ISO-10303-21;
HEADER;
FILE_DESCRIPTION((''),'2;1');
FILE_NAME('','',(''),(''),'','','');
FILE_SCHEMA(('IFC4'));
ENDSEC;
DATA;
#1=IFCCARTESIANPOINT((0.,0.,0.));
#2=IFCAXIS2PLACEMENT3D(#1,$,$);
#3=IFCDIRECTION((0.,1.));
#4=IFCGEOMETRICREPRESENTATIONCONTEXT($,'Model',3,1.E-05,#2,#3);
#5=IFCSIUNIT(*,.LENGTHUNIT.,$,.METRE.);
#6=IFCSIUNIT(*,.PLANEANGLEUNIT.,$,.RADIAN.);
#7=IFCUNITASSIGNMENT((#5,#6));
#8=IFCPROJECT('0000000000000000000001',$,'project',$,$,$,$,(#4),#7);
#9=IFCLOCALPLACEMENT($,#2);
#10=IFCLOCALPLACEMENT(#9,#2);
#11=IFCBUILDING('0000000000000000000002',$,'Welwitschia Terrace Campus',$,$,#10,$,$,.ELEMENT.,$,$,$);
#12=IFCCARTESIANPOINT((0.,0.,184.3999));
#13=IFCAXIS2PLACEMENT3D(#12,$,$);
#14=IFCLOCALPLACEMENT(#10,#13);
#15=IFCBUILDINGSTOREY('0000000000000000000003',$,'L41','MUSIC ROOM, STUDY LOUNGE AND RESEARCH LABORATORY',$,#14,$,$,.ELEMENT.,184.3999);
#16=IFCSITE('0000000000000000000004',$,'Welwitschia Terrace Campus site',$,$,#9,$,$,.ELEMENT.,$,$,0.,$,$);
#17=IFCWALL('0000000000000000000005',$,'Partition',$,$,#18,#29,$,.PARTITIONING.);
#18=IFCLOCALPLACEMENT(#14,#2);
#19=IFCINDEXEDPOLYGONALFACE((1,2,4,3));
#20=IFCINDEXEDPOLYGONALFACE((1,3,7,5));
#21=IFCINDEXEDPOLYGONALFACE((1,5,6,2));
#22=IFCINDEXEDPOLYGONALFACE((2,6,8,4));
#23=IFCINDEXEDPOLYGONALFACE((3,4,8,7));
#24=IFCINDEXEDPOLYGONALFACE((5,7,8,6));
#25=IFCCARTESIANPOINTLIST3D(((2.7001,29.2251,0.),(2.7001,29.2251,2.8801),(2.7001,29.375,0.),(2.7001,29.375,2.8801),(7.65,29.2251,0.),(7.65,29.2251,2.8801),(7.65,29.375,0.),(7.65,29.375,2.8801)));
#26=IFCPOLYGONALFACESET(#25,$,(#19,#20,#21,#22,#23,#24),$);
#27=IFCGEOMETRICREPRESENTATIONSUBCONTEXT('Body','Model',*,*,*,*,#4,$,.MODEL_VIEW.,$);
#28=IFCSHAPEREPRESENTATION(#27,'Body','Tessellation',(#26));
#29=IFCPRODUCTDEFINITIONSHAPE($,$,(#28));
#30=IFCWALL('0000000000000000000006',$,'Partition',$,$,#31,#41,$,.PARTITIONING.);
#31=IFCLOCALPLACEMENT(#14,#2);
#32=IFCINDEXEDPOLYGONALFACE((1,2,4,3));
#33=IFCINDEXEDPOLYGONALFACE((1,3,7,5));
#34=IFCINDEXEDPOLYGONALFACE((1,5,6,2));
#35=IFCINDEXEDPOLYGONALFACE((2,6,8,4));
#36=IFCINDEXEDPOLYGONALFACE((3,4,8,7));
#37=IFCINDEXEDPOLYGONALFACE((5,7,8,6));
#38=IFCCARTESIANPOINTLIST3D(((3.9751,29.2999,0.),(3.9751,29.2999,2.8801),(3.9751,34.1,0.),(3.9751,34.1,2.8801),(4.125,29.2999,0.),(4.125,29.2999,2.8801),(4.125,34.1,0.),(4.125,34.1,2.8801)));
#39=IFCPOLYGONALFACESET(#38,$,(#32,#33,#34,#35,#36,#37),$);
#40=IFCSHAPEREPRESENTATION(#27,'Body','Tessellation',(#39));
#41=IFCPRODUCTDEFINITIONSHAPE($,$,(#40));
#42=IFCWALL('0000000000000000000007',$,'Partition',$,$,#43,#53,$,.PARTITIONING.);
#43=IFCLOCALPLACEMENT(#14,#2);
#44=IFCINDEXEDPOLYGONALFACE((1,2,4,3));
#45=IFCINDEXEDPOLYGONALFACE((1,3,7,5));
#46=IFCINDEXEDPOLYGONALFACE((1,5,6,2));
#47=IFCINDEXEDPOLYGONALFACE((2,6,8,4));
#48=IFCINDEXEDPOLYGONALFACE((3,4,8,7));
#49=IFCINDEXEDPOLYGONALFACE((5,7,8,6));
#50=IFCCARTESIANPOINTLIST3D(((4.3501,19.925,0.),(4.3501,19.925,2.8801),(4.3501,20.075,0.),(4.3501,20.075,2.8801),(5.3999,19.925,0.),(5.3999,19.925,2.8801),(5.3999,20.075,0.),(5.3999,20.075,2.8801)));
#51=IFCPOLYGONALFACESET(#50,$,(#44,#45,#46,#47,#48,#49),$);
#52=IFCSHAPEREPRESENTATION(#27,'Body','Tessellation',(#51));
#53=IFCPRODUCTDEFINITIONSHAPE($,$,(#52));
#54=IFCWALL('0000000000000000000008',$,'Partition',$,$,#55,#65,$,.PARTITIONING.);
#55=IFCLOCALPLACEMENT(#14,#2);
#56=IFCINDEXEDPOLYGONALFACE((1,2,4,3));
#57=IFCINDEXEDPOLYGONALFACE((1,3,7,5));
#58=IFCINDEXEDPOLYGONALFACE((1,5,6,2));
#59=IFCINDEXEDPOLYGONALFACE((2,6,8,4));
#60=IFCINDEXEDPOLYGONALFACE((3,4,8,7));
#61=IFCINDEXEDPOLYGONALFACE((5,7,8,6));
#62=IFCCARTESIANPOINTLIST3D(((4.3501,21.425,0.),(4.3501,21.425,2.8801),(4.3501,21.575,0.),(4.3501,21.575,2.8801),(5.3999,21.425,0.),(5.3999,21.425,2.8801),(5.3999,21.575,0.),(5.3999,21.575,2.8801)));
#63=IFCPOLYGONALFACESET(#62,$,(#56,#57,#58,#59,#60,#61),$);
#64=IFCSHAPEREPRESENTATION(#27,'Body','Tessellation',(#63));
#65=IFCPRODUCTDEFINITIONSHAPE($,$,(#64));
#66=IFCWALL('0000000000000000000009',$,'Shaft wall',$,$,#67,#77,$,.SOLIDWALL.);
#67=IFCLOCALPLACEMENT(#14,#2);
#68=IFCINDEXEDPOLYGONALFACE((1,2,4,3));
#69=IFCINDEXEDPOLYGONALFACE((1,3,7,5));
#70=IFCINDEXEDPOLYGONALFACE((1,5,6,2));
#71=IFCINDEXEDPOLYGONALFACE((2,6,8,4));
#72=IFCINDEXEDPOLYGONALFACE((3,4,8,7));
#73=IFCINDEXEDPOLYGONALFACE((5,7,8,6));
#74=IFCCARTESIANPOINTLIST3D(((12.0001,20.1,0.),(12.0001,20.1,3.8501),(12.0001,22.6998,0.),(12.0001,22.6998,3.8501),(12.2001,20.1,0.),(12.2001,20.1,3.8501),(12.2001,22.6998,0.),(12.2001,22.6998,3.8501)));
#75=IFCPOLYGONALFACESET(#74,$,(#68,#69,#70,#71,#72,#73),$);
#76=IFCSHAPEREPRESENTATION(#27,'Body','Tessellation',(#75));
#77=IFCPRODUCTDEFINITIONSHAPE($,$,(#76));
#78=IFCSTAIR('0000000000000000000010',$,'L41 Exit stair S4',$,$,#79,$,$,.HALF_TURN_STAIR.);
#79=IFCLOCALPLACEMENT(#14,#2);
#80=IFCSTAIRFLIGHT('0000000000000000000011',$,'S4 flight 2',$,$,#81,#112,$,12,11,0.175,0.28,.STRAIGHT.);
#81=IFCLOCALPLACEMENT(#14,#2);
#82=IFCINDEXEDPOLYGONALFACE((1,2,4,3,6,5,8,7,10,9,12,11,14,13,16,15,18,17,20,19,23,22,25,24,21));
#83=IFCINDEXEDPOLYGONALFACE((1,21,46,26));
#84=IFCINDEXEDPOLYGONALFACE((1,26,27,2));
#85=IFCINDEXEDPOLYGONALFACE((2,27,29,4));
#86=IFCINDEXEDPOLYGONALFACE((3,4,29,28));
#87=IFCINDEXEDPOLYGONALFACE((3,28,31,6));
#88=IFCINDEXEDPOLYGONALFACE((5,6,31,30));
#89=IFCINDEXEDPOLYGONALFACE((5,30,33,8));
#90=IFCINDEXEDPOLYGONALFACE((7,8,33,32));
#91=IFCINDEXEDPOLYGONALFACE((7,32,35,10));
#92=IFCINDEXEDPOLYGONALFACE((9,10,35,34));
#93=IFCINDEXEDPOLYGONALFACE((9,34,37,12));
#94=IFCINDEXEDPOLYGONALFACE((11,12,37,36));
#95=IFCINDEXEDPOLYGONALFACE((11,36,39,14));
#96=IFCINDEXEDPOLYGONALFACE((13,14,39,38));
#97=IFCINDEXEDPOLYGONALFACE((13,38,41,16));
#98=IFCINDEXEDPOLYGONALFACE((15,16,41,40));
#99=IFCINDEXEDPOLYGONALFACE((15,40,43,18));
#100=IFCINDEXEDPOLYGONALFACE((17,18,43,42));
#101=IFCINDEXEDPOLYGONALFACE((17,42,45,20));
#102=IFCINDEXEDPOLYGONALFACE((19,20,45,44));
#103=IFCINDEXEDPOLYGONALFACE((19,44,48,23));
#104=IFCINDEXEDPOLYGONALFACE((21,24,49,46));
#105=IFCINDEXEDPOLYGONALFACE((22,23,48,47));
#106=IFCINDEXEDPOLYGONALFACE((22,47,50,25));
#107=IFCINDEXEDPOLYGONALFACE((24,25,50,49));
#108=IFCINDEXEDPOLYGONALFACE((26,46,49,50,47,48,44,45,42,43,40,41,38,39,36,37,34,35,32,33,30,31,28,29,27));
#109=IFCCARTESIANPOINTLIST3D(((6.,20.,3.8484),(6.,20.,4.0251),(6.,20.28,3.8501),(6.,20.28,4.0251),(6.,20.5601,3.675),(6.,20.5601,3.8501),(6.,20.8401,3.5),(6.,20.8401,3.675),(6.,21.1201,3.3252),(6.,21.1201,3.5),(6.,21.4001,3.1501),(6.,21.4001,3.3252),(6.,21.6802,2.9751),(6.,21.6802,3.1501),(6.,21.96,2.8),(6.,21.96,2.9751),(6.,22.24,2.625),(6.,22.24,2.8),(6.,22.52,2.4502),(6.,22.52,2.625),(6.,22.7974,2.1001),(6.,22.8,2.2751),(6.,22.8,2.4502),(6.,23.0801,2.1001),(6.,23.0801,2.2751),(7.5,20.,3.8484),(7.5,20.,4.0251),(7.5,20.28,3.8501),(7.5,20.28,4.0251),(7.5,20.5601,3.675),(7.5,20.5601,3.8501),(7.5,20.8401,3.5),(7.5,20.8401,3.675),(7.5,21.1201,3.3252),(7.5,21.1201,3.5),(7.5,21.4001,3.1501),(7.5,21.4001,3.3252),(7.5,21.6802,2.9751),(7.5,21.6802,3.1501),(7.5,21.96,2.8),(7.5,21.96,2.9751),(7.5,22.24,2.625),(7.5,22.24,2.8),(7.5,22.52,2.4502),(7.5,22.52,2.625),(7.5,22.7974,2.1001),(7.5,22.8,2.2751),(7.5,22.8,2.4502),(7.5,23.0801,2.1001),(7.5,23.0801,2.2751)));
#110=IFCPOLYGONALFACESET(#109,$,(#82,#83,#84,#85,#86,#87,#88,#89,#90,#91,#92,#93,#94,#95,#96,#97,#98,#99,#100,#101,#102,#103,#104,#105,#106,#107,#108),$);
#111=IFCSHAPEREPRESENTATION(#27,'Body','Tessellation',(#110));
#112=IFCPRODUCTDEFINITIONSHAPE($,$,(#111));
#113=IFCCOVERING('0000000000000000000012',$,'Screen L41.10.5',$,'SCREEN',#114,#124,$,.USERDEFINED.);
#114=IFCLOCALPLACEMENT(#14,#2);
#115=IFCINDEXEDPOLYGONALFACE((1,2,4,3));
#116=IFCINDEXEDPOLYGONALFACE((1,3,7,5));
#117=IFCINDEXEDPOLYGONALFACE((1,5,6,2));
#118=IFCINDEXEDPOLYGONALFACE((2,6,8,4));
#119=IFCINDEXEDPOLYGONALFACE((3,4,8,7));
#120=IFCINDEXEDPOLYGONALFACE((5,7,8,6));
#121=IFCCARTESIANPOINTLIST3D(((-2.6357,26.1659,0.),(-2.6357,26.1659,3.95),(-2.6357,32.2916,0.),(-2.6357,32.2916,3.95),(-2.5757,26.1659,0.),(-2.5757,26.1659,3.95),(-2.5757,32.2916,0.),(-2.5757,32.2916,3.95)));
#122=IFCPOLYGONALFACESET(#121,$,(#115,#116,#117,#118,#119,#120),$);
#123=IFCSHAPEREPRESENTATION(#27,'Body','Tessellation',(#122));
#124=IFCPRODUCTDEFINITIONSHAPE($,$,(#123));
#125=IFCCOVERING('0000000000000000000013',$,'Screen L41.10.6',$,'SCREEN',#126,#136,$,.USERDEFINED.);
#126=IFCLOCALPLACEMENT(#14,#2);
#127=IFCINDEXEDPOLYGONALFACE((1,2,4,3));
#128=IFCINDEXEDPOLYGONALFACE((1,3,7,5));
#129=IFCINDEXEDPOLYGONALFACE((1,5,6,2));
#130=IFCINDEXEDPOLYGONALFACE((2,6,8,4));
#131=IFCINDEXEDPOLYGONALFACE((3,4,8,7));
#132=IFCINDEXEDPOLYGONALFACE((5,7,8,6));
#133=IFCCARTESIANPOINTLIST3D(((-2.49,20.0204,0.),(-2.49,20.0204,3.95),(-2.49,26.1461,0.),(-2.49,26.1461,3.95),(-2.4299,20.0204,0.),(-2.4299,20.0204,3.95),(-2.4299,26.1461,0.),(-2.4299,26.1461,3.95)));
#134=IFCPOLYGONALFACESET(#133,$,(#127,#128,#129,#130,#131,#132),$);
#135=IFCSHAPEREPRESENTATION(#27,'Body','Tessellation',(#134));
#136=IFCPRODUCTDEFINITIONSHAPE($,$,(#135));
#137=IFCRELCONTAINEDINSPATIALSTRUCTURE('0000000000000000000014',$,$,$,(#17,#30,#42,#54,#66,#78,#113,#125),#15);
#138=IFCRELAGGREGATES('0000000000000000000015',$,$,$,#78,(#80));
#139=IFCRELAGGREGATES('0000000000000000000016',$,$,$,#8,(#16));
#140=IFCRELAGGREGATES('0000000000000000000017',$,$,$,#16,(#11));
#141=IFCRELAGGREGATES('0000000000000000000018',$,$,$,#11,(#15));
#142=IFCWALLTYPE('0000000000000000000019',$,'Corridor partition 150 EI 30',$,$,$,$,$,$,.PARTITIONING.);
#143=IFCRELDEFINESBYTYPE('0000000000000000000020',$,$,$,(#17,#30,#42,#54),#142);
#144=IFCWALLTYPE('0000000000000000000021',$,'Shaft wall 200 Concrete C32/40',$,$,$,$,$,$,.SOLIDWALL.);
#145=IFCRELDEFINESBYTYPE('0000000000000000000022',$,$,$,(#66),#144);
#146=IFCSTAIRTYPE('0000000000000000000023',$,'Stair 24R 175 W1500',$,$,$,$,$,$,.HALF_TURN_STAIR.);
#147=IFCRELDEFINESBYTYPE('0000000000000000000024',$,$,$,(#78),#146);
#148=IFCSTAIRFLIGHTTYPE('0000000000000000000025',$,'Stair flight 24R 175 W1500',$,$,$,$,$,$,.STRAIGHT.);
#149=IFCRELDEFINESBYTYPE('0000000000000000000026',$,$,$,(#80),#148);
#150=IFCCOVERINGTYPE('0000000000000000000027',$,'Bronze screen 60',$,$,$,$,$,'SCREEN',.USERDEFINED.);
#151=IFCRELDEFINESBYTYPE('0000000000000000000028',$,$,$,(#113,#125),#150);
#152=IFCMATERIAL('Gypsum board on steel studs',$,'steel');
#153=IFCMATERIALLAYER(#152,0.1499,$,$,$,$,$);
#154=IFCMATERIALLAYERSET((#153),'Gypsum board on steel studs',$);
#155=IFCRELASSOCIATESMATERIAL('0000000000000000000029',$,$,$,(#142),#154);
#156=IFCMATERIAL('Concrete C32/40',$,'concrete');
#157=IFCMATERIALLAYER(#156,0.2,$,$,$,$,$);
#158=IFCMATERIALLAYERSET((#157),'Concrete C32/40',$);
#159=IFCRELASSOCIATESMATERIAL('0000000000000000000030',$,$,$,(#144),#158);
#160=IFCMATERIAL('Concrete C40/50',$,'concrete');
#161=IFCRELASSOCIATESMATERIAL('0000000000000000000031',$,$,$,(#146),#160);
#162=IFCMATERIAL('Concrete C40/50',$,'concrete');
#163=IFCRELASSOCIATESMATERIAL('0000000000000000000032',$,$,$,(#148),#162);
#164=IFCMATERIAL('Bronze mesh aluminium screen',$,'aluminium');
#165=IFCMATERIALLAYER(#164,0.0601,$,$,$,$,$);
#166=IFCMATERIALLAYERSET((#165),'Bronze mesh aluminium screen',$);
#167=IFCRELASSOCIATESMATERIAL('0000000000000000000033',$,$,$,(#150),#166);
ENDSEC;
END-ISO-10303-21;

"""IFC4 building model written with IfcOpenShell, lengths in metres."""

from ifc_helpers import new_model, si_unit, direction, frame, frame_2d, origin, origin_2d, place, context, subcontext, project, spatial, polyline, rectangle, outline, extrude, material, layer, layer_set, type_object, element, aggregate, save


model = new_model("IFC4")

# Units and contexts
model_context = context("Model", 3, precision=1e-05, world=origin(), true_north=direction((0.0, 1.0)))
body_context = subcontext(model_context, "Body", "Model", "MODEL_VIEW")
ifc_project = project(units=[si_unit("LENGTHUNIT", "METRE"), si_unit("PLANEANGLEUNIT", "RADIAN")], contexts=[model_context])

# Site, building, storey
site_placement = place(None, origin())
site = spatial("IfcSite", under=ifc_project, at=site_placement, Name="Welwitschia Terrace Campus site", CompositionType="ELEMENT", RefElevation=0.0)
building_placement = place(site_placement, origin())
building = spatial("IfcBuilding", under=site, at=building_placement, Name="Welwitschia Terrace Campus", CompositionType="ELEMENT")
storey_placement = place(building_placement, frame((0.0, 0.0, 184.3999)))
storey = spatial("IfcBuildingStorey", under=building, at=storey_placement, Name="L41", Description="MUSIC ROOM, STUDY LOUNGE AND RESEARCH LABORATORY", CompositionType="ELEMENT", Elevation=184.3999)

# Walls
ifc_material_1 = material(Name="Gypsum board on steel studs", Category="steel")
ifc_layer_1 = layer(ifc_material_1, 0.1499)
ifc_layer_set_1 = layer_set([ifc_layer_1], Name="Gypsum board on steel studs")
wall_type_1 = type_object("IfcWallType", Name="Corridor partition 150 EI 30", PredefinedType="PARTITIONING", material=ifc_layer_set_1)
wall_1_placement = place(storey_placement, frame((2.7, 29.3, 0.0), z_axis=(0.0, 0.0, 1.0), x_axis=(1.0, 0.0, 0.0)))
element("IfcWall", 1, at=wall_1_placement, inside=storey, type_object=wall_type_1, Name="Partition", PredefinedType="PARTITIONING", context=body_context, shape_type="SweptSolid", body=[
    extrude(rectangle(XDim=4.95, YDim=0.1499, at=frame_2d((2.4751, 0.0))), origin(), (0.0, 0.0, 1.0), 2.8801),
])
wall_2_placement = place(storey_placement, frame((4.05, 29.3, 0.0), z_axis=(0.0, 0.0, 1.0), x_axis=(0.0, 1.0, 0.0)))
element("IfcWall", 2, at=wall_2_placement, inside=storey, type_object=wall_type_1, Name="Partition", PredefinedType="PARTITIONING", context=body_context, shape_type="SweptSolid", body=[
    extrude(rectangle(XDim=4.8, YDim=0.1499, at=frame_2d((2.3999, 0.0))), origin(), (0.0, 0.0, 1.0), 2.8801),
])
for number, where, z_axis, x_axis, name in (
    (3, (4.3501, 20.0, 0.0), (0.0, 0.0, 1.0), (1.0, 0.0, 0.0), "Partition"),
    (4, (4.3501, 21.5, 0.0), (0.0, 0.0, 1.0), (1.0, 0.0, 0.0), "Partition"),
):
    element("IfcWall", number, at=place(storey_placement, frame(where, z_axis=z_axis, x_axis=x_axis)), inside=storey, type_object=wall_type_1, Name=name, PredefinedType="PARTITIONING", context=body_context, shape_type="SweptSolid", body=[
        extrude(rectangle(XDim=1.0498, YDim=0.1499, at=frame_2d((0.5249, 0.0))), origin(), (0.0, 0.0, 1.0), 2.8801),
    ])
ifc_material_2 = material(Name="Concrete C32/40", Category="concrete")
ifc_layer_2 = layer(ifc_material_2, 0.2)
ifc_layer_set_2 = layer_set([ifc_layer_2], Name="Concrete C32/40")
wall_type_2 = type_object("IfcWallType", Name="Shaft wall 200 Concrete C32/40", PredefinedType="SOLIDWALL", material=ifc_layer_set_2)
wall_3_placement = place(storey_placement, frame((12.1001, 20.1001, 0.0), z_axis=(0.0, 0.0, 1.0), x_axis=(0.0, 1.0, 0.0)))
element("IfcWall", 5, at=wall_3_placement, inside=storey, type_object=wall_type_2, Name="Shaft wall", PredefinedType="SOLIDWALL", context=body_context, shape_type="SweptSolid", body=[
    extrude(rectangle(XDim=2.5999, YDim=0.2, at=frame_2d((1.2998, 0.0))), origin(), (0.0, 0.0, 1.0), 3.8501),
])

# Stair, stair flight
ifc_material_3 = material(Name="Concrete C40/50", Category="concrete")
stair_type = type_object("IfcStairType", Name="Stair 24R 175 W1500", PredefinedType="HALF_TURN_STAIR", material=ifc_material_3)
stair_placement = place(storey_placement, origin())
stair = element("IfcStair", 6, at=stair_placement, inside=storey, type_object=stair_type, Name="L41 Exit stair S4", PredefinedType="HALF_TURN_STAIR")
ifc_material_4 = material(Name="Concrete C40/50", Category="concrete")
stair_flight_type = type_object("IfcStairFlightType", Name="Stair flight 24R 175 W1500", PredefinedType="STRAIGHT", material=ifc_material_4)
stair_flight_placement = place(storey_placement, frame((6.75, 23.0801, 2.1001), z_axis=(0.0, 0.0, 1.0), x_axis=(0.0, -1.0, 0.0)))
stair_flight = element("IfcStairFlight", 7, at=stair_flight_placement, type_object=stair_flight_type, Name="S4 flight 2", NumberOfRisers=12, NumberOfTreads=11, PredefinedType="STRAIGHT", RiserHeight=0.175, TreadLength=0.28, context=body_context, shape_type="SweptSolid", body=[
    extrude(outline(polyline([(0.0, 0.0), (0.0, 0.175), (0.28, 0.175), (0.28, 0.3501), (0.5601, 0.3501), (0.5601, 0.5249), (0.8401, 0.5249), (0.8401, 0.7), (1.1201, 0.7), (1.1201, 0.875), (1.3999, 0.875), (1.3999, 1.05), (1.6799, 1.05), (1.6799, 1.2251), (1.96, 1.2251), (1.96, 1.3999), (2.24, 1.3999), (2.24, 1.575), (2.52, 1.575), (2.52, 1.75), (2.8, 1.75), (2.8, 1.925), (3.0801, 1.925), (3.0801, 2.1001), (3.0801, 1.7483), (0.2827, 0.0), (0.0, 0.0)])), frame((0.0, 0.75, 0.0), z_axis=(0.0, -1.0, 0.0), x_axis=(1.0, 0.0, 0.0)), (0.0, 0.0, 1.0), 1.5),
])
aggregate(stair, [stair_flight])

# Coverings
ifc_material_5 = material(Name="Bronze mesh aluminium screen", Category="aluminium")
ifc_layer_3 = layer(ifc_material_5, 0.0601)
ifc_layer_set_3 = layer_set([ifc_layer_3], Name="Bronze mesh aluminium screen")
covering_type = type_object("IfcCoveringType", Name="Bronze screen 60", ElementType="SCREEN", PredefinedType="USERDEFINED", material=ifc_layer_set_3)
for number, where, z_axis, x_axis, name in (
    (8, (-2.6057, 29.2288, 0.0), (0.0, 0.0, 1.0), (0.0, -1.0, 0.0), "Screen L41.10.5"),
    (9, (-2.46, 23.0833, 0.0), (0.0, 0.0, 1.0), (0.0, -1.0, 0.0), "Screen L41.10.6"),
):
    element("IfcCovering", number, at=place(storey_placement, frame(where, z_axis=z_axis, x_axis=x_axis)), inside=storey, type_object=covering_type, Name=name, ObjectType="SCREEN", PredefinedType="USERDEFINED", context=body_context, shape_type="SweptSolid", body=[
        extrude(rectangle(XDim=6.1257, YDim=0.0601, at=origin_2d()), origin(), (0.0, 0.0, 1.0), 3.95),
    ])

save(model, "model.ifc")
